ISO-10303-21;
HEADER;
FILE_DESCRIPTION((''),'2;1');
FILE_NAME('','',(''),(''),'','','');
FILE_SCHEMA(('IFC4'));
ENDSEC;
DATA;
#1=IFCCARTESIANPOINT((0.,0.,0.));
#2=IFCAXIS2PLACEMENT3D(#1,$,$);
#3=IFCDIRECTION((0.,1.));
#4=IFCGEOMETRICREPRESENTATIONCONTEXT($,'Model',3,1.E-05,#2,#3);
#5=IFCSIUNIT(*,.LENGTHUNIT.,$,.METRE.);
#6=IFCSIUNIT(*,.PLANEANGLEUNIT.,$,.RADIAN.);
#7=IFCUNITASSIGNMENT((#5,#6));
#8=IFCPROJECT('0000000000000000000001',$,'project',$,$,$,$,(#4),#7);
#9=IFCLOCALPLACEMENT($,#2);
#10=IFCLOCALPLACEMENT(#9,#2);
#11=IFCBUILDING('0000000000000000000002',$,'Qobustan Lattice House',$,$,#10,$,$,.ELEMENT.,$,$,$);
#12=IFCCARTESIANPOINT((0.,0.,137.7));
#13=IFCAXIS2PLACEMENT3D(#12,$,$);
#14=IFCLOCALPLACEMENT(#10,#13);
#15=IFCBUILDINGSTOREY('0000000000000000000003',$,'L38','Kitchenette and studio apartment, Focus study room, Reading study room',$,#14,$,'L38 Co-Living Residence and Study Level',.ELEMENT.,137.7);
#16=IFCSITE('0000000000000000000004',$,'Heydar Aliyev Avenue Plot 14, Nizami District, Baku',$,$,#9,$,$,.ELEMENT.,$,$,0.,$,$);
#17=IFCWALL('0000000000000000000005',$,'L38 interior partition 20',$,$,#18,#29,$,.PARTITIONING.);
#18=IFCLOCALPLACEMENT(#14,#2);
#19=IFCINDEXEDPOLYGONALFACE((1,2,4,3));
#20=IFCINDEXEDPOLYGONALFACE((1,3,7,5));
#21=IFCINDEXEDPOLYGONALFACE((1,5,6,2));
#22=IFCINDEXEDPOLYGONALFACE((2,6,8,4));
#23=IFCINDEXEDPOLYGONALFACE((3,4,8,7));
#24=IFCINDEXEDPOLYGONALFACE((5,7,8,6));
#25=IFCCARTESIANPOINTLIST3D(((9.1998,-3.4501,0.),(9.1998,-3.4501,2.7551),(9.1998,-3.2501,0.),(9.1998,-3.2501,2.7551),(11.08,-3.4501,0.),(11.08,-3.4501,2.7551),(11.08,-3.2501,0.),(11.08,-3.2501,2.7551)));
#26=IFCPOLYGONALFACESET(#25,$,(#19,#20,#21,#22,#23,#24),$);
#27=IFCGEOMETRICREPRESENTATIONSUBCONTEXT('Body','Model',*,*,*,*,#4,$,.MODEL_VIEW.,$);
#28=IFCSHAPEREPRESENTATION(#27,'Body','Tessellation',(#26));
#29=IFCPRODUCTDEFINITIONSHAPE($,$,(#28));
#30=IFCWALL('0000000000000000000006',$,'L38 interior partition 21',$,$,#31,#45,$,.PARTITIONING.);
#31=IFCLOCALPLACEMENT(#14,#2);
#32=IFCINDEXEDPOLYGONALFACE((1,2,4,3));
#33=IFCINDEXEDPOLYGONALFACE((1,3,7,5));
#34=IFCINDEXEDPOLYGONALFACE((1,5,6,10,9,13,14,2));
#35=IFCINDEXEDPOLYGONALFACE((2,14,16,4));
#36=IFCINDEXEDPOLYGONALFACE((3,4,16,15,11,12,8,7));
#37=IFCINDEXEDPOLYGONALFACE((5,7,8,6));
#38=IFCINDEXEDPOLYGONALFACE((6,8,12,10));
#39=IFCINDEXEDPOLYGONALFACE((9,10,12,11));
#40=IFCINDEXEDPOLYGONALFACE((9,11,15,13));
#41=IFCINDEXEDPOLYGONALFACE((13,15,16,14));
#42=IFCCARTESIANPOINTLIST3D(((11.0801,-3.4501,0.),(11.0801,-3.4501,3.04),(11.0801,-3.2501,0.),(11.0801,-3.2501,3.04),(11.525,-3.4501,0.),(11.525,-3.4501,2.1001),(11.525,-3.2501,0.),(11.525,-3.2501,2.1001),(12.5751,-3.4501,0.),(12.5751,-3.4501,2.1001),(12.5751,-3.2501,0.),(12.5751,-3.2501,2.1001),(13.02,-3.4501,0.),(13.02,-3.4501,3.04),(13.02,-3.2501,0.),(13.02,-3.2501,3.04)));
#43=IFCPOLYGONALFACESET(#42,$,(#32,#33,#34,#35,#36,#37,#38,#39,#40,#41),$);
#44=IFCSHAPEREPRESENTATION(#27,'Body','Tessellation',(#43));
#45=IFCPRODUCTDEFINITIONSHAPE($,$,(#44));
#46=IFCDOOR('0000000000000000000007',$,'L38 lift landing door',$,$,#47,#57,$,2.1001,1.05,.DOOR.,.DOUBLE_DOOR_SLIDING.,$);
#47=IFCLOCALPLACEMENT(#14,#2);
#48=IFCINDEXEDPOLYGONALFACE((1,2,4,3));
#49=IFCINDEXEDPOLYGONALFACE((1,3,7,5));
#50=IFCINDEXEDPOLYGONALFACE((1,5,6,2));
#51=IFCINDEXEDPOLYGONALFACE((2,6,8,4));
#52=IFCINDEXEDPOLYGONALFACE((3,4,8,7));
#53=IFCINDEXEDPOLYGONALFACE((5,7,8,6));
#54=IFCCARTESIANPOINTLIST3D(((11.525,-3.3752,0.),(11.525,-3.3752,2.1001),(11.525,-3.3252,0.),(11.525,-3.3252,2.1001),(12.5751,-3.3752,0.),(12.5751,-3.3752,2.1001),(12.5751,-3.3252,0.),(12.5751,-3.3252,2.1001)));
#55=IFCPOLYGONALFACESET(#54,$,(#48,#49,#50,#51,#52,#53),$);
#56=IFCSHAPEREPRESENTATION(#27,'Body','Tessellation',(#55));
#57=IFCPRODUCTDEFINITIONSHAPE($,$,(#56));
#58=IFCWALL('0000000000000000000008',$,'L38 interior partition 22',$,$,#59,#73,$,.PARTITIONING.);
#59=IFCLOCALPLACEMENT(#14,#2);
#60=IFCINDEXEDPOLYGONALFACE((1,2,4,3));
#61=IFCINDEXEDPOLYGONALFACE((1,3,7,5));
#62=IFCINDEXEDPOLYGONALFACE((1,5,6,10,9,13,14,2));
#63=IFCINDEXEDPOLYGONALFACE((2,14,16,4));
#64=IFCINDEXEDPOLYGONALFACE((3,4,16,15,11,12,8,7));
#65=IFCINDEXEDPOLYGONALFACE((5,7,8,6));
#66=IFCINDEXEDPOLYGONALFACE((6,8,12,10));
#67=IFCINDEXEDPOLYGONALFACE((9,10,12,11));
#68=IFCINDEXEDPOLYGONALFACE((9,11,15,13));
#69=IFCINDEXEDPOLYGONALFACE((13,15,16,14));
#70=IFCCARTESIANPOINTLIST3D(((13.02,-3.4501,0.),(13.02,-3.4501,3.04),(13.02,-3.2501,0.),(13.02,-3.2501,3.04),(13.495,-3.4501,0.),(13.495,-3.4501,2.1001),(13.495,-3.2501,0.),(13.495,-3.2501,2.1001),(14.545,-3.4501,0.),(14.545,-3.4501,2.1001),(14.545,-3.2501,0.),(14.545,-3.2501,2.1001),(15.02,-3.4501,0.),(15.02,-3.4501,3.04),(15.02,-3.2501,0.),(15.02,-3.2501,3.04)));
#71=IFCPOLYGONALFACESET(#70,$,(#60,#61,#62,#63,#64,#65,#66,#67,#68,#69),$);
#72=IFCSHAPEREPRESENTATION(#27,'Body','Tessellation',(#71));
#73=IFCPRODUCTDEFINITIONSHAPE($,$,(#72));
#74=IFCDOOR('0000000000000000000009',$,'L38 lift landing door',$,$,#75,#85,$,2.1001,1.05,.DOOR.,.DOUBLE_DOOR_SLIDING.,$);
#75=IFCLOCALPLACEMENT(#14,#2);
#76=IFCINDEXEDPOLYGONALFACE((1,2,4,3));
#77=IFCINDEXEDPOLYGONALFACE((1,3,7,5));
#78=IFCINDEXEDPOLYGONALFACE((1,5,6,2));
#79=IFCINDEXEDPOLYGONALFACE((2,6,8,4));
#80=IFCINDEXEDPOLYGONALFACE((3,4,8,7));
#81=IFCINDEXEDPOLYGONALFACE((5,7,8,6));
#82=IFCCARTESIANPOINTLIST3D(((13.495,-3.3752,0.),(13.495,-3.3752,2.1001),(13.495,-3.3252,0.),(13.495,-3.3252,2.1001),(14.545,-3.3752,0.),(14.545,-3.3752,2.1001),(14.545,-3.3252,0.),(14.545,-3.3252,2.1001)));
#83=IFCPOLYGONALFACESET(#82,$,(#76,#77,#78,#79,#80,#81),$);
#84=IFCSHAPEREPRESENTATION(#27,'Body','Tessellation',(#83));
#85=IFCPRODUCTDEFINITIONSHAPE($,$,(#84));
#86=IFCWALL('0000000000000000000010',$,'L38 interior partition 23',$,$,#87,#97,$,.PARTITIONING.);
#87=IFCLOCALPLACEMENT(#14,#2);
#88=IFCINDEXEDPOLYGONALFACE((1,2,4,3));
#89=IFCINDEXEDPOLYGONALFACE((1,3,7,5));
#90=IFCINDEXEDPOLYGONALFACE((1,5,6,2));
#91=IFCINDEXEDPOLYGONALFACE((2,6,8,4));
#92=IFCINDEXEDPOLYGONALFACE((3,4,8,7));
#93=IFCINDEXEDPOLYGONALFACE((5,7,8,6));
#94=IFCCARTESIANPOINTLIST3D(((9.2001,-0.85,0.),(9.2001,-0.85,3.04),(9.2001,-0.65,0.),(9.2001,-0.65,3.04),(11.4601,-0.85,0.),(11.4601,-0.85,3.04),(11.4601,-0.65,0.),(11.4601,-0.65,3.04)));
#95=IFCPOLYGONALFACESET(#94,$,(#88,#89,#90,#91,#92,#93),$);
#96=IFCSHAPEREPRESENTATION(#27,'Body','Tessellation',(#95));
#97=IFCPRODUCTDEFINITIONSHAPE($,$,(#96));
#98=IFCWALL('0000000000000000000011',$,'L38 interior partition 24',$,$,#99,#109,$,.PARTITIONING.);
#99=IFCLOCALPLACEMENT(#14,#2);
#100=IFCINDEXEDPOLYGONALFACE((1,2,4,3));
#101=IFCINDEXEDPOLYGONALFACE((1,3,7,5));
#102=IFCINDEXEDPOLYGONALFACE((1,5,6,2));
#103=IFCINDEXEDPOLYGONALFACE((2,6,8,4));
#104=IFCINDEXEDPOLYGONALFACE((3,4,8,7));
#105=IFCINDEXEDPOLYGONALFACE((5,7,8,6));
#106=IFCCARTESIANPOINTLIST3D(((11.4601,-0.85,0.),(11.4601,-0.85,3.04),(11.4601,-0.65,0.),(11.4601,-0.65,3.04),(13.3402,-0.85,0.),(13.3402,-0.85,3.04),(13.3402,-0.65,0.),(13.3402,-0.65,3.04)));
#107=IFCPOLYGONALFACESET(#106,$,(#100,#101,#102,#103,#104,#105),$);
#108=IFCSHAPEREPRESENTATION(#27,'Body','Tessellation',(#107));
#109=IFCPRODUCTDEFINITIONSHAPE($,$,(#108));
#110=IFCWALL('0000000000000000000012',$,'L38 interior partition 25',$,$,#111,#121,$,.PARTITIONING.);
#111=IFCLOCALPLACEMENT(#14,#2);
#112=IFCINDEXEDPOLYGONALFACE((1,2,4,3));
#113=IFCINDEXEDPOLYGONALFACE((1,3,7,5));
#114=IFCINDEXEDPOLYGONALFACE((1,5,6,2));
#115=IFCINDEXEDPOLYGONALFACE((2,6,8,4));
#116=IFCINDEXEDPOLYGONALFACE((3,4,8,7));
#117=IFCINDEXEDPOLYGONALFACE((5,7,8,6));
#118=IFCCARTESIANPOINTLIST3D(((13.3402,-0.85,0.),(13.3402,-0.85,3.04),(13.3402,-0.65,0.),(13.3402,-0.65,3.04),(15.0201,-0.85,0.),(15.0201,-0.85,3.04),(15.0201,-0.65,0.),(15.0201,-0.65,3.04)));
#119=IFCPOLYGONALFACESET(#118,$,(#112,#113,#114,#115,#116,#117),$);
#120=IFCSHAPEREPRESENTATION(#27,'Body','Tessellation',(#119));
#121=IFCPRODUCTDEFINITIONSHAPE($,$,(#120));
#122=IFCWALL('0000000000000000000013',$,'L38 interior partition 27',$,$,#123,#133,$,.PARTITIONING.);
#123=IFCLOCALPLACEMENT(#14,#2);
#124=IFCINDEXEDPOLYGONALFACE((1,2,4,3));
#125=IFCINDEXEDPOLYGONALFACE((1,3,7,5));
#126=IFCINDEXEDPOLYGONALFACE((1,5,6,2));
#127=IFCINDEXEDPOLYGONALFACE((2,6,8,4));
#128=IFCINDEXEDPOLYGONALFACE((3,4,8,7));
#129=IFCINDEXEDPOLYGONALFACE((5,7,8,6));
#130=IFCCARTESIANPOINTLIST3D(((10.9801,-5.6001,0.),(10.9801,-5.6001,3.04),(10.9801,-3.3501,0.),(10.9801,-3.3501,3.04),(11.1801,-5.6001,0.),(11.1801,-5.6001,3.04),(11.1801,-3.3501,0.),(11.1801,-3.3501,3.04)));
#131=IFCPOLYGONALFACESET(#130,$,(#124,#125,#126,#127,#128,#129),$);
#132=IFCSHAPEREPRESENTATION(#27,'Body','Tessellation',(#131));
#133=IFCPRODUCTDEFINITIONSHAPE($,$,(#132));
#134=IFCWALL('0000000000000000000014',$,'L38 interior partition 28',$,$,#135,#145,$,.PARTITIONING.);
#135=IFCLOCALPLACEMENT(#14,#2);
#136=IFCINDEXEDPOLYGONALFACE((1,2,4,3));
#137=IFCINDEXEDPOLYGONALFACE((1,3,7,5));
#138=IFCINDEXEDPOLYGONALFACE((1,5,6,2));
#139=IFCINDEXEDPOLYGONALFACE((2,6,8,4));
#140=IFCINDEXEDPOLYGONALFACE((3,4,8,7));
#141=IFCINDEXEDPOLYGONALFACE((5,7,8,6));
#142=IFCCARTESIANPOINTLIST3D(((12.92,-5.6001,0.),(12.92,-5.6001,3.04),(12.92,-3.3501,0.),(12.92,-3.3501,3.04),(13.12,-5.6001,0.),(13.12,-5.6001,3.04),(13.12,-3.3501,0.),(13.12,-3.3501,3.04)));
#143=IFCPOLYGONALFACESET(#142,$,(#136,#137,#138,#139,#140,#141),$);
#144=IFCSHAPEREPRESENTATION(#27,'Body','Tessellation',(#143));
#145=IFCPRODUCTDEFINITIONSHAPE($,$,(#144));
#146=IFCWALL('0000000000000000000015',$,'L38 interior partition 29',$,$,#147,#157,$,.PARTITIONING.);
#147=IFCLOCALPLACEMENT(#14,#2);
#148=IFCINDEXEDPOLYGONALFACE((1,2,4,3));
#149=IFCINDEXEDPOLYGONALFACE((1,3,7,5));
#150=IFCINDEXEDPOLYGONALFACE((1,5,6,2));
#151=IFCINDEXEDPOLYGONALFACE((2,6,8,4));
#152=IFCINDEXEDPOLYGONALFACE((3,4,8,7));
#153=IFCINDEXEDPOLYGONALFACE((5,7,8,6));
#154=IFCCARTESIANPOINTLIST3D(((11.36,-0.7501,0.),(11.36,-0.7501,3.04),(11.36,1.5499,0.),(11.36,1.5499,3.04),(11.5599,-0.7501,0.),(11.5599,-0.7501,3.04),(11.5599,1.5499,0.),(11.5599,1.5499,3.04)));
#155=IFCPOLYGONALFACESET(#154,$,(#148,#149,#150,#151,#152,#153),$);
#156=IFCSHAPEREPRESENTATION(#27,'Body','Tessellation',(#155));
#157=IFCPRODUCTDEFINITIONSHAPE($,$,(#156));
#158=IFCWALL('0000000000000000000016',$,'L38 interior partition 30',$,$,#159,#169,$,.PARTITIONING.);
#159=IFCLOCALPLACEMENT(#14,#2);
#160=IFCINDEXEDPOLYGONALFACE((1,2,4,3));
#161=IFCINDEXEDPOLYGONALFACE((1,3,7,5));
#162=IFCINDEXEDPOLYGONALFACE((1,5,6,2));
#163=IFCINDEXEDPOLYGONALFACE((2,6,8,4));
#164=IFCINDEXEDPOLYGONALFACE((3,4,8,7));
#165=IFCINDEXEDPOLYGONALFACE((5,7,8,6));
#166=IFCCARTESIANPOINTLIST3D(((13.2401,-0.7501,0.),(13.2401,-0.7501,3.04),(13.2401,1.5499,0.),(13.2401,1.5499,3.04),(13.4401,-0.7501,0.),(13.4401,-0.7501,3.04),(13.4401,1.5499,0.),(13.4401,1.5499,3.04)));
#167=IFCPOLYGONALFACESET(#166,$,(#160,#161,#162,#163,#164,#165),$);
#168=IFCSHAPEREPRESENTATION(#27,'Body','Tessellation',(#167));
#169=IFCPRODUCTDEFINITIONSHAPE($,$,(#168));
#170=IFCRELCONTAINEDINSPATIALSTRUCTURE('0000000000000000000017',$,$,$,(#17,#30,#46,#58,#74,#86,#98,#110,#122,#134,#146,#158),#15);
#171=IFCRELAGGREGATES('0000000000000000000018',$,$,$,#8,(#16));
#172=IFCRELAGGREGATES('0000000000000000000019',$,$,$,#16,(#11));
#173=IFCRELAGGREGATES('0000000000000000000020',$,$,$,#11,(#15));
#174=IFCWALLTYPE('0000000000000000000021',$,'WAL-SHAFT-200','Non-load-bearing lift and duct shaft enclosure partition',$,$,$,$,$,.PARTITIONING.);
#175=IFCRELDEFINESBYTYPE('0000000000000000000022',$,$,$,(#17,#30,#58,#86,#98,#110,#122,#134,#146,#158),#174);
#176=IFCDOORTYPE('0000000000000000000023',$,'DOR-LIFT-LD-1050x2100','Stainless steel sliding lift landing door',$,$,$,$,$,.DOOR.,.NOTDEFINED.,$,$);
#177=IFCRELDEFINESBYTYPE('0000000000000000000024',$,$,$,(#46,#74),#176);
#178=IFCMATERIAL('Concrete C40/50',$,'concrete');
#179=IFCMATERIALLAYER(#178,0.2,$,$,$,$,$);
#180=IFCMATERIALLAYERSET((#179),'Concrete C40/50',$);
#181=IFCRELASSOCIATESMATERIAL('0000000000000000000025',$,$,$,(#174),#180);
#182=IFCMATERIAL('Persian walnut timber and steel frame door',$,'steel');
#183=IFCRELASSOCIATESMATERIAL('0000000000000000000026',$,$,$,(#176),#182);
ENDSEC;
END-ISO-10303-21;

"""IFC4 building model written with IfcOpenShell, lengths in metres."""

from ifc_helpers import new_model, si_unit, direction, frame, frame_2d, origin, place, context, subcontext, project, spatial, rectangle, extrude, material, layer, layer_set, type_object, element, fill, save


model = new_model("IFC4")

# Units and contexts
model_context = context("Model", 3, precision=1e-05, world=origin(), true_north=direction((0.0, 1.0)))
body_context = subcontext(model_context, "Body", "Model", "MODEL_VIEW")
ifc_project = project(units=[si_unit("LENGTHUNIT", "METRE"), si_unit("PLANEANGLEUNIT", "RADIAN")], contexts=[model_context])

# Site, building, storey
site_placement = place(None, origin())
site = spatial("IfcSite", under=ifc_project, at=site_placement, Name="Heydar Aliyev Avenue Plot 14, Nizami District, Baku", CompositionType="ELEMENT", RefElevation=0.0)
building_placement = place(site_placement, origin())
building = spatial("IfcBuilding", under=site, at=building_placement, Name="Qobustan Lattice House", CompositionType="ELEMENT")
storey_placement = place(building_placement, frame((0.0, 0.0, 137.7)))
storey = spatial("IfcBuildingStorey", under=building, at=storey_placement, Name="L38", Description="Kitchenette and studio apartment, Focus study room, Reading study room", LongName="L38 Co-Living Residence and Study Level", CompositionType="ELEMENT", Elevation=137.7)

# Wall
ifc_material_1 = material(Name="Concrete C40/50", Category="concrete")
ifc_layer_1 = layer(ifc_material_1, 0.2)
ifc_layer_set_1 = layer_set([ifc_layer_1], Name="Concrete C40/50")
wall_type_1 = type_object("IfcWallType", Name="WAL-SHAFT-200", Description="Non-load-bearing lift and duct shaft enclosure partition", PredefinedType="PARTITIONING", material=ifc_layer_set_1)
wall_1_placement = place(storey_placement, frame((9.2, -3.3501, 0.0), z_axis=(0.0, 0.0, 1.0), x_axis=(1.0, 0.0, 0.0)))
element("IfcWall", 1, at=wall_1_placement, inside=storey, type_object=wall_type_1, Name="L38 interior partition 20", PredefinedType="PARTITIONING", context=body_context, shape_type="SweptSolid", body=[
    extrude(rectangle(XDim=1.8801, YDim=0.2, at=frame_2d((0.9399, 0.0))), origin(), (0.0, 0.0, 1.0), 2.7551),
])

# Walls, openings, doors
wall_2_placement = place(storey_placement, frame((11.0801, -3.3501, 0.0), z_axis=(0.0, 0.0, 1.0), x_axis=(1.0, 0.0, 0.0)))
wall_2 = element("IfcWall", 2, at=wall_2_placement, inside=storey, type_object=wall_type_1, Name="L38 interior partition 21", PredefinedType="PARTITIONING", context=body_context, shape_type="SweptSolid", body=[
    extrude(rectangle(XDim=1.9399, YDim=0.2, at=frame_2d((0.97, 0.0))), origin(), (0.0, 0.0, 1.0), 3.04),
])
opening_1_placement = place(wall_2_placement, frame((0.4451, 0.0, 0.0)))
opening_1 = element("IfcOpeningElement", 3, at=opening_1_placement, cuts=wall_2, PredefinedType="OPENING", context=body_context, shape_type="SweptSolid", body=[
    extrude(rectangle(XDim=1.05, YDim=2.1001, at=frame_2d((0.5249, 1.05))), frame((0.0, 0.1099, 0.0), z_axis=(0.0, -1.0, 0.0), x_axis=(1.0, 0.0, 0.0)), (0.0, 0.0, 1.0), 0.22),
])
ifc_material_2 = material(Name="Persian walnut timber and steel frame door", Category="steel")
door_type_1 = type_object("IfcDoorType", Name="DOR-LIFT-LD-1050x2100", Description="Stainless steel sliding lift landing door", OperationType="NOTDEFINED", PredefinedType="DOOR", material=ifc_material_2)
door_1_placement = place(opening_1_placement, origin())
door_1 = element("IfcDoor", 4, at=door_1_placement, inside=storey, type_object=door_type_1, Name="L38 lift landing door", OperationType="DOUBLE_DOOR_SLIDING", OverallHeight=2.1001, OverallWidth=1.05, PredefinedType="DOOR", context=body_context, shape_type="SweptSolid", body=[
    extrude(rectangle(XDim=1.05, YDim=2.1001, at=frame_2d((0.5249, 1.05))), frame((0.0, 0.0249, 0.0), z_axis=(0.0, -1.0, 0.0), x_axis=(1.0, 0.0, 0.0)), (0.0, 0.0, 1.0), 0.05),
])
fill(opening_1, door_1)
wall_3_placement = place(storey_placement, frame((13.02, -3.3501, 0.0), z_axis=(0.0, 0.0, 1.0), x_axis=(1.0, 0.0, 0.0)))
wall_3 = element("IfcWall", 5, at=wall_3_placement, inside=storey, type_object=wall_type_1, Name="L38 interior partition 22", PredefinedType="PARTITIONING", context=body_context, shape_type="SweptSolid", body=[
    extrude(rectangle(XDim=2.0, YDim=0.2, at=frame_2d((1.0, 0.0))), origin(), (0.0, 0.0, 1.0), 3.04),
])
opening_2_placement = place(wall_3_placement, frame((0.4751, 0.0, 0.0)))
opening_2 = element("IfcOpeningElement", 6, at=opening_2_placement, cuts=wall_3, PredefinedType="OPENING", context=body_context, shape_type="SweptSolid", body=[
    extrude(rectangle(XDim=1.05, YDim=2.1001, at=frame_2d((0.5249, 1.05))), frame((0.0, 0.1099, 0.0), z_axis=(0.0, -1.0, 0.0), x_axis=(1.0, 0.0, 0.0)), (0.0, 0.0, 1.0), 0.22),
])
door_2_placement = place(opening_2_placement, origin())
door_2 = element("IfcDoor", 7, at=door_2_placement, inside=storey, type_object=door_type_1, Name="L38 lift landing door", OperationType="DOUBLE_DOOR_SLIDING", OverallHeight=2.1001, OverallWidth=1.05, PredefinedType="DOOR", context=body_context, shape_type="SweptSolid", body=[
    extrude(rectangle(XDim=1.05, YDim=2.1001, at=frame_2d((0.5249, 1.05))), frame((0.0, 0.0249, 0.0), z_axis=(0.0, -1.0, 0.0), x_axis=(1.0, 0.0, 0.0)), (0.0, 0.0, 1.0), 0.05),
])
fill(opening_2, door_2)

# Walls
wall_4_placement = place(storey_placement, frame((11.46, -0.75, 0.0), z_axis=(0.0, 0.0, 1.0), x_axis=(-1.0, 0.0, 0.0)))
element("IfcWall", 8, at=wall_4_placement, inside=storey, type_object=wall_type_1, Name="L38 interior partition 23", PredefinedType="PARTITIONING", context=body_context, shape_type="SweptSolid", body=[
    extrude(rectangle(XDim=2.26, YDim=0.2, at=frame_2d((1.1299, 0.0))), origin(), (0.0, 0.0, 1.0), 3.04),
])
wall_5_placement = place(storey_placement, frame((13.3401, -0.75, 0.0), z_axis=(0.0, 0.0, 1.0), x_axis=(-1.0, 0.0, 0.0)))
element("IfcWall", 9, at=wall_5_placement, inside=storey, type_object=wall_type_1, Name="L38 interior partition 24", PredefinedType="PARTITIONING", context=body_context, shape_type="SweptSolid", body=[
    extrude(rectangle(XDim=1.8801, YDim=0.2, at=frame_2d((0.9399, 0.0))), origin(), (0.0, 0.0, 1.0), 3.04),
])
wall_6_placement = place(storey_placement, frame((15.02, -0.75, 0.0), z_axis=(0.0, 0.0, 1.0), x_axis=(-1.0, 0.0, 0.0)))
element("IfcWall", 10, at=wall_6_placement, inside=storey, type_object=wall_type_1, Name="L38 interior partition 25", PredefinedType="PARTITIONING", context=body_context, shape_type="SweptSolid", body=[
    extrude(rectangle(XDim=1.6799, YDim=0.2, at=frame_2d((0.8398, 0.0))), origin(), (0.0, 0.0, 1.0), 3.04),
])
for number, where, z_axis, x_axis, name in (
    (11, (11.0801, -5.6001, 0.0), (0.0, 0.0, 1.0), (0.0, 1.0, 0.0), "L38 interior partition 27"),
    (12, (13.02, -5.6001, 0.0), (0.0, 0.0, 1.0), (0.0, 1.0, 0.0), "L38 interior partition 28"),
):
    element("IfcWall", number, at=place(storey_placement, frame(where, z_axis=z_axis, x_axis=x_axis)), inside=storey, type_object=wall_type_1, Name=name, PredefinedType="PARTITIONING", context=body_context, shape_type="SweptSolid", body=[
        extrude(rectangle(XDim=2.25, YDim=0.2, at=frame_2d((1.125, 0.0))), origin(), (0.0, 0.0, 1.0), 3.04),
    ])
for number, where, z_axis, x_axis, name in (
    (13, (11.46, -0.75, 0.0), (0.0, 0.0, 1.0), (0.0, 1.0, 0.0), "L38 interior partition 29"),
    (14, (13.3401, -0.75, 0.0), (0.0, 0.0, 1.0), (0.0, 1.0, 0.0), "L38 interior partition 30"),
):
    element("IfcWall", number, at=place(storey_placement, frame(where, z_axis=z_axis, x_axis=x_axis)), inside=storey, type_object=wall_type_1, Name=name, PredefinedType="PARTITIONING", context=body_context, shape_type="SweptSolid", body=[
        extrude(rectangle(XDim=2.3, YDim=0.2, at=frame_2d((1.1499, 0.0))), origin(), (0.0, 0.0, 1.0), 3.04),
    ])

save(model, "model.ifc")
